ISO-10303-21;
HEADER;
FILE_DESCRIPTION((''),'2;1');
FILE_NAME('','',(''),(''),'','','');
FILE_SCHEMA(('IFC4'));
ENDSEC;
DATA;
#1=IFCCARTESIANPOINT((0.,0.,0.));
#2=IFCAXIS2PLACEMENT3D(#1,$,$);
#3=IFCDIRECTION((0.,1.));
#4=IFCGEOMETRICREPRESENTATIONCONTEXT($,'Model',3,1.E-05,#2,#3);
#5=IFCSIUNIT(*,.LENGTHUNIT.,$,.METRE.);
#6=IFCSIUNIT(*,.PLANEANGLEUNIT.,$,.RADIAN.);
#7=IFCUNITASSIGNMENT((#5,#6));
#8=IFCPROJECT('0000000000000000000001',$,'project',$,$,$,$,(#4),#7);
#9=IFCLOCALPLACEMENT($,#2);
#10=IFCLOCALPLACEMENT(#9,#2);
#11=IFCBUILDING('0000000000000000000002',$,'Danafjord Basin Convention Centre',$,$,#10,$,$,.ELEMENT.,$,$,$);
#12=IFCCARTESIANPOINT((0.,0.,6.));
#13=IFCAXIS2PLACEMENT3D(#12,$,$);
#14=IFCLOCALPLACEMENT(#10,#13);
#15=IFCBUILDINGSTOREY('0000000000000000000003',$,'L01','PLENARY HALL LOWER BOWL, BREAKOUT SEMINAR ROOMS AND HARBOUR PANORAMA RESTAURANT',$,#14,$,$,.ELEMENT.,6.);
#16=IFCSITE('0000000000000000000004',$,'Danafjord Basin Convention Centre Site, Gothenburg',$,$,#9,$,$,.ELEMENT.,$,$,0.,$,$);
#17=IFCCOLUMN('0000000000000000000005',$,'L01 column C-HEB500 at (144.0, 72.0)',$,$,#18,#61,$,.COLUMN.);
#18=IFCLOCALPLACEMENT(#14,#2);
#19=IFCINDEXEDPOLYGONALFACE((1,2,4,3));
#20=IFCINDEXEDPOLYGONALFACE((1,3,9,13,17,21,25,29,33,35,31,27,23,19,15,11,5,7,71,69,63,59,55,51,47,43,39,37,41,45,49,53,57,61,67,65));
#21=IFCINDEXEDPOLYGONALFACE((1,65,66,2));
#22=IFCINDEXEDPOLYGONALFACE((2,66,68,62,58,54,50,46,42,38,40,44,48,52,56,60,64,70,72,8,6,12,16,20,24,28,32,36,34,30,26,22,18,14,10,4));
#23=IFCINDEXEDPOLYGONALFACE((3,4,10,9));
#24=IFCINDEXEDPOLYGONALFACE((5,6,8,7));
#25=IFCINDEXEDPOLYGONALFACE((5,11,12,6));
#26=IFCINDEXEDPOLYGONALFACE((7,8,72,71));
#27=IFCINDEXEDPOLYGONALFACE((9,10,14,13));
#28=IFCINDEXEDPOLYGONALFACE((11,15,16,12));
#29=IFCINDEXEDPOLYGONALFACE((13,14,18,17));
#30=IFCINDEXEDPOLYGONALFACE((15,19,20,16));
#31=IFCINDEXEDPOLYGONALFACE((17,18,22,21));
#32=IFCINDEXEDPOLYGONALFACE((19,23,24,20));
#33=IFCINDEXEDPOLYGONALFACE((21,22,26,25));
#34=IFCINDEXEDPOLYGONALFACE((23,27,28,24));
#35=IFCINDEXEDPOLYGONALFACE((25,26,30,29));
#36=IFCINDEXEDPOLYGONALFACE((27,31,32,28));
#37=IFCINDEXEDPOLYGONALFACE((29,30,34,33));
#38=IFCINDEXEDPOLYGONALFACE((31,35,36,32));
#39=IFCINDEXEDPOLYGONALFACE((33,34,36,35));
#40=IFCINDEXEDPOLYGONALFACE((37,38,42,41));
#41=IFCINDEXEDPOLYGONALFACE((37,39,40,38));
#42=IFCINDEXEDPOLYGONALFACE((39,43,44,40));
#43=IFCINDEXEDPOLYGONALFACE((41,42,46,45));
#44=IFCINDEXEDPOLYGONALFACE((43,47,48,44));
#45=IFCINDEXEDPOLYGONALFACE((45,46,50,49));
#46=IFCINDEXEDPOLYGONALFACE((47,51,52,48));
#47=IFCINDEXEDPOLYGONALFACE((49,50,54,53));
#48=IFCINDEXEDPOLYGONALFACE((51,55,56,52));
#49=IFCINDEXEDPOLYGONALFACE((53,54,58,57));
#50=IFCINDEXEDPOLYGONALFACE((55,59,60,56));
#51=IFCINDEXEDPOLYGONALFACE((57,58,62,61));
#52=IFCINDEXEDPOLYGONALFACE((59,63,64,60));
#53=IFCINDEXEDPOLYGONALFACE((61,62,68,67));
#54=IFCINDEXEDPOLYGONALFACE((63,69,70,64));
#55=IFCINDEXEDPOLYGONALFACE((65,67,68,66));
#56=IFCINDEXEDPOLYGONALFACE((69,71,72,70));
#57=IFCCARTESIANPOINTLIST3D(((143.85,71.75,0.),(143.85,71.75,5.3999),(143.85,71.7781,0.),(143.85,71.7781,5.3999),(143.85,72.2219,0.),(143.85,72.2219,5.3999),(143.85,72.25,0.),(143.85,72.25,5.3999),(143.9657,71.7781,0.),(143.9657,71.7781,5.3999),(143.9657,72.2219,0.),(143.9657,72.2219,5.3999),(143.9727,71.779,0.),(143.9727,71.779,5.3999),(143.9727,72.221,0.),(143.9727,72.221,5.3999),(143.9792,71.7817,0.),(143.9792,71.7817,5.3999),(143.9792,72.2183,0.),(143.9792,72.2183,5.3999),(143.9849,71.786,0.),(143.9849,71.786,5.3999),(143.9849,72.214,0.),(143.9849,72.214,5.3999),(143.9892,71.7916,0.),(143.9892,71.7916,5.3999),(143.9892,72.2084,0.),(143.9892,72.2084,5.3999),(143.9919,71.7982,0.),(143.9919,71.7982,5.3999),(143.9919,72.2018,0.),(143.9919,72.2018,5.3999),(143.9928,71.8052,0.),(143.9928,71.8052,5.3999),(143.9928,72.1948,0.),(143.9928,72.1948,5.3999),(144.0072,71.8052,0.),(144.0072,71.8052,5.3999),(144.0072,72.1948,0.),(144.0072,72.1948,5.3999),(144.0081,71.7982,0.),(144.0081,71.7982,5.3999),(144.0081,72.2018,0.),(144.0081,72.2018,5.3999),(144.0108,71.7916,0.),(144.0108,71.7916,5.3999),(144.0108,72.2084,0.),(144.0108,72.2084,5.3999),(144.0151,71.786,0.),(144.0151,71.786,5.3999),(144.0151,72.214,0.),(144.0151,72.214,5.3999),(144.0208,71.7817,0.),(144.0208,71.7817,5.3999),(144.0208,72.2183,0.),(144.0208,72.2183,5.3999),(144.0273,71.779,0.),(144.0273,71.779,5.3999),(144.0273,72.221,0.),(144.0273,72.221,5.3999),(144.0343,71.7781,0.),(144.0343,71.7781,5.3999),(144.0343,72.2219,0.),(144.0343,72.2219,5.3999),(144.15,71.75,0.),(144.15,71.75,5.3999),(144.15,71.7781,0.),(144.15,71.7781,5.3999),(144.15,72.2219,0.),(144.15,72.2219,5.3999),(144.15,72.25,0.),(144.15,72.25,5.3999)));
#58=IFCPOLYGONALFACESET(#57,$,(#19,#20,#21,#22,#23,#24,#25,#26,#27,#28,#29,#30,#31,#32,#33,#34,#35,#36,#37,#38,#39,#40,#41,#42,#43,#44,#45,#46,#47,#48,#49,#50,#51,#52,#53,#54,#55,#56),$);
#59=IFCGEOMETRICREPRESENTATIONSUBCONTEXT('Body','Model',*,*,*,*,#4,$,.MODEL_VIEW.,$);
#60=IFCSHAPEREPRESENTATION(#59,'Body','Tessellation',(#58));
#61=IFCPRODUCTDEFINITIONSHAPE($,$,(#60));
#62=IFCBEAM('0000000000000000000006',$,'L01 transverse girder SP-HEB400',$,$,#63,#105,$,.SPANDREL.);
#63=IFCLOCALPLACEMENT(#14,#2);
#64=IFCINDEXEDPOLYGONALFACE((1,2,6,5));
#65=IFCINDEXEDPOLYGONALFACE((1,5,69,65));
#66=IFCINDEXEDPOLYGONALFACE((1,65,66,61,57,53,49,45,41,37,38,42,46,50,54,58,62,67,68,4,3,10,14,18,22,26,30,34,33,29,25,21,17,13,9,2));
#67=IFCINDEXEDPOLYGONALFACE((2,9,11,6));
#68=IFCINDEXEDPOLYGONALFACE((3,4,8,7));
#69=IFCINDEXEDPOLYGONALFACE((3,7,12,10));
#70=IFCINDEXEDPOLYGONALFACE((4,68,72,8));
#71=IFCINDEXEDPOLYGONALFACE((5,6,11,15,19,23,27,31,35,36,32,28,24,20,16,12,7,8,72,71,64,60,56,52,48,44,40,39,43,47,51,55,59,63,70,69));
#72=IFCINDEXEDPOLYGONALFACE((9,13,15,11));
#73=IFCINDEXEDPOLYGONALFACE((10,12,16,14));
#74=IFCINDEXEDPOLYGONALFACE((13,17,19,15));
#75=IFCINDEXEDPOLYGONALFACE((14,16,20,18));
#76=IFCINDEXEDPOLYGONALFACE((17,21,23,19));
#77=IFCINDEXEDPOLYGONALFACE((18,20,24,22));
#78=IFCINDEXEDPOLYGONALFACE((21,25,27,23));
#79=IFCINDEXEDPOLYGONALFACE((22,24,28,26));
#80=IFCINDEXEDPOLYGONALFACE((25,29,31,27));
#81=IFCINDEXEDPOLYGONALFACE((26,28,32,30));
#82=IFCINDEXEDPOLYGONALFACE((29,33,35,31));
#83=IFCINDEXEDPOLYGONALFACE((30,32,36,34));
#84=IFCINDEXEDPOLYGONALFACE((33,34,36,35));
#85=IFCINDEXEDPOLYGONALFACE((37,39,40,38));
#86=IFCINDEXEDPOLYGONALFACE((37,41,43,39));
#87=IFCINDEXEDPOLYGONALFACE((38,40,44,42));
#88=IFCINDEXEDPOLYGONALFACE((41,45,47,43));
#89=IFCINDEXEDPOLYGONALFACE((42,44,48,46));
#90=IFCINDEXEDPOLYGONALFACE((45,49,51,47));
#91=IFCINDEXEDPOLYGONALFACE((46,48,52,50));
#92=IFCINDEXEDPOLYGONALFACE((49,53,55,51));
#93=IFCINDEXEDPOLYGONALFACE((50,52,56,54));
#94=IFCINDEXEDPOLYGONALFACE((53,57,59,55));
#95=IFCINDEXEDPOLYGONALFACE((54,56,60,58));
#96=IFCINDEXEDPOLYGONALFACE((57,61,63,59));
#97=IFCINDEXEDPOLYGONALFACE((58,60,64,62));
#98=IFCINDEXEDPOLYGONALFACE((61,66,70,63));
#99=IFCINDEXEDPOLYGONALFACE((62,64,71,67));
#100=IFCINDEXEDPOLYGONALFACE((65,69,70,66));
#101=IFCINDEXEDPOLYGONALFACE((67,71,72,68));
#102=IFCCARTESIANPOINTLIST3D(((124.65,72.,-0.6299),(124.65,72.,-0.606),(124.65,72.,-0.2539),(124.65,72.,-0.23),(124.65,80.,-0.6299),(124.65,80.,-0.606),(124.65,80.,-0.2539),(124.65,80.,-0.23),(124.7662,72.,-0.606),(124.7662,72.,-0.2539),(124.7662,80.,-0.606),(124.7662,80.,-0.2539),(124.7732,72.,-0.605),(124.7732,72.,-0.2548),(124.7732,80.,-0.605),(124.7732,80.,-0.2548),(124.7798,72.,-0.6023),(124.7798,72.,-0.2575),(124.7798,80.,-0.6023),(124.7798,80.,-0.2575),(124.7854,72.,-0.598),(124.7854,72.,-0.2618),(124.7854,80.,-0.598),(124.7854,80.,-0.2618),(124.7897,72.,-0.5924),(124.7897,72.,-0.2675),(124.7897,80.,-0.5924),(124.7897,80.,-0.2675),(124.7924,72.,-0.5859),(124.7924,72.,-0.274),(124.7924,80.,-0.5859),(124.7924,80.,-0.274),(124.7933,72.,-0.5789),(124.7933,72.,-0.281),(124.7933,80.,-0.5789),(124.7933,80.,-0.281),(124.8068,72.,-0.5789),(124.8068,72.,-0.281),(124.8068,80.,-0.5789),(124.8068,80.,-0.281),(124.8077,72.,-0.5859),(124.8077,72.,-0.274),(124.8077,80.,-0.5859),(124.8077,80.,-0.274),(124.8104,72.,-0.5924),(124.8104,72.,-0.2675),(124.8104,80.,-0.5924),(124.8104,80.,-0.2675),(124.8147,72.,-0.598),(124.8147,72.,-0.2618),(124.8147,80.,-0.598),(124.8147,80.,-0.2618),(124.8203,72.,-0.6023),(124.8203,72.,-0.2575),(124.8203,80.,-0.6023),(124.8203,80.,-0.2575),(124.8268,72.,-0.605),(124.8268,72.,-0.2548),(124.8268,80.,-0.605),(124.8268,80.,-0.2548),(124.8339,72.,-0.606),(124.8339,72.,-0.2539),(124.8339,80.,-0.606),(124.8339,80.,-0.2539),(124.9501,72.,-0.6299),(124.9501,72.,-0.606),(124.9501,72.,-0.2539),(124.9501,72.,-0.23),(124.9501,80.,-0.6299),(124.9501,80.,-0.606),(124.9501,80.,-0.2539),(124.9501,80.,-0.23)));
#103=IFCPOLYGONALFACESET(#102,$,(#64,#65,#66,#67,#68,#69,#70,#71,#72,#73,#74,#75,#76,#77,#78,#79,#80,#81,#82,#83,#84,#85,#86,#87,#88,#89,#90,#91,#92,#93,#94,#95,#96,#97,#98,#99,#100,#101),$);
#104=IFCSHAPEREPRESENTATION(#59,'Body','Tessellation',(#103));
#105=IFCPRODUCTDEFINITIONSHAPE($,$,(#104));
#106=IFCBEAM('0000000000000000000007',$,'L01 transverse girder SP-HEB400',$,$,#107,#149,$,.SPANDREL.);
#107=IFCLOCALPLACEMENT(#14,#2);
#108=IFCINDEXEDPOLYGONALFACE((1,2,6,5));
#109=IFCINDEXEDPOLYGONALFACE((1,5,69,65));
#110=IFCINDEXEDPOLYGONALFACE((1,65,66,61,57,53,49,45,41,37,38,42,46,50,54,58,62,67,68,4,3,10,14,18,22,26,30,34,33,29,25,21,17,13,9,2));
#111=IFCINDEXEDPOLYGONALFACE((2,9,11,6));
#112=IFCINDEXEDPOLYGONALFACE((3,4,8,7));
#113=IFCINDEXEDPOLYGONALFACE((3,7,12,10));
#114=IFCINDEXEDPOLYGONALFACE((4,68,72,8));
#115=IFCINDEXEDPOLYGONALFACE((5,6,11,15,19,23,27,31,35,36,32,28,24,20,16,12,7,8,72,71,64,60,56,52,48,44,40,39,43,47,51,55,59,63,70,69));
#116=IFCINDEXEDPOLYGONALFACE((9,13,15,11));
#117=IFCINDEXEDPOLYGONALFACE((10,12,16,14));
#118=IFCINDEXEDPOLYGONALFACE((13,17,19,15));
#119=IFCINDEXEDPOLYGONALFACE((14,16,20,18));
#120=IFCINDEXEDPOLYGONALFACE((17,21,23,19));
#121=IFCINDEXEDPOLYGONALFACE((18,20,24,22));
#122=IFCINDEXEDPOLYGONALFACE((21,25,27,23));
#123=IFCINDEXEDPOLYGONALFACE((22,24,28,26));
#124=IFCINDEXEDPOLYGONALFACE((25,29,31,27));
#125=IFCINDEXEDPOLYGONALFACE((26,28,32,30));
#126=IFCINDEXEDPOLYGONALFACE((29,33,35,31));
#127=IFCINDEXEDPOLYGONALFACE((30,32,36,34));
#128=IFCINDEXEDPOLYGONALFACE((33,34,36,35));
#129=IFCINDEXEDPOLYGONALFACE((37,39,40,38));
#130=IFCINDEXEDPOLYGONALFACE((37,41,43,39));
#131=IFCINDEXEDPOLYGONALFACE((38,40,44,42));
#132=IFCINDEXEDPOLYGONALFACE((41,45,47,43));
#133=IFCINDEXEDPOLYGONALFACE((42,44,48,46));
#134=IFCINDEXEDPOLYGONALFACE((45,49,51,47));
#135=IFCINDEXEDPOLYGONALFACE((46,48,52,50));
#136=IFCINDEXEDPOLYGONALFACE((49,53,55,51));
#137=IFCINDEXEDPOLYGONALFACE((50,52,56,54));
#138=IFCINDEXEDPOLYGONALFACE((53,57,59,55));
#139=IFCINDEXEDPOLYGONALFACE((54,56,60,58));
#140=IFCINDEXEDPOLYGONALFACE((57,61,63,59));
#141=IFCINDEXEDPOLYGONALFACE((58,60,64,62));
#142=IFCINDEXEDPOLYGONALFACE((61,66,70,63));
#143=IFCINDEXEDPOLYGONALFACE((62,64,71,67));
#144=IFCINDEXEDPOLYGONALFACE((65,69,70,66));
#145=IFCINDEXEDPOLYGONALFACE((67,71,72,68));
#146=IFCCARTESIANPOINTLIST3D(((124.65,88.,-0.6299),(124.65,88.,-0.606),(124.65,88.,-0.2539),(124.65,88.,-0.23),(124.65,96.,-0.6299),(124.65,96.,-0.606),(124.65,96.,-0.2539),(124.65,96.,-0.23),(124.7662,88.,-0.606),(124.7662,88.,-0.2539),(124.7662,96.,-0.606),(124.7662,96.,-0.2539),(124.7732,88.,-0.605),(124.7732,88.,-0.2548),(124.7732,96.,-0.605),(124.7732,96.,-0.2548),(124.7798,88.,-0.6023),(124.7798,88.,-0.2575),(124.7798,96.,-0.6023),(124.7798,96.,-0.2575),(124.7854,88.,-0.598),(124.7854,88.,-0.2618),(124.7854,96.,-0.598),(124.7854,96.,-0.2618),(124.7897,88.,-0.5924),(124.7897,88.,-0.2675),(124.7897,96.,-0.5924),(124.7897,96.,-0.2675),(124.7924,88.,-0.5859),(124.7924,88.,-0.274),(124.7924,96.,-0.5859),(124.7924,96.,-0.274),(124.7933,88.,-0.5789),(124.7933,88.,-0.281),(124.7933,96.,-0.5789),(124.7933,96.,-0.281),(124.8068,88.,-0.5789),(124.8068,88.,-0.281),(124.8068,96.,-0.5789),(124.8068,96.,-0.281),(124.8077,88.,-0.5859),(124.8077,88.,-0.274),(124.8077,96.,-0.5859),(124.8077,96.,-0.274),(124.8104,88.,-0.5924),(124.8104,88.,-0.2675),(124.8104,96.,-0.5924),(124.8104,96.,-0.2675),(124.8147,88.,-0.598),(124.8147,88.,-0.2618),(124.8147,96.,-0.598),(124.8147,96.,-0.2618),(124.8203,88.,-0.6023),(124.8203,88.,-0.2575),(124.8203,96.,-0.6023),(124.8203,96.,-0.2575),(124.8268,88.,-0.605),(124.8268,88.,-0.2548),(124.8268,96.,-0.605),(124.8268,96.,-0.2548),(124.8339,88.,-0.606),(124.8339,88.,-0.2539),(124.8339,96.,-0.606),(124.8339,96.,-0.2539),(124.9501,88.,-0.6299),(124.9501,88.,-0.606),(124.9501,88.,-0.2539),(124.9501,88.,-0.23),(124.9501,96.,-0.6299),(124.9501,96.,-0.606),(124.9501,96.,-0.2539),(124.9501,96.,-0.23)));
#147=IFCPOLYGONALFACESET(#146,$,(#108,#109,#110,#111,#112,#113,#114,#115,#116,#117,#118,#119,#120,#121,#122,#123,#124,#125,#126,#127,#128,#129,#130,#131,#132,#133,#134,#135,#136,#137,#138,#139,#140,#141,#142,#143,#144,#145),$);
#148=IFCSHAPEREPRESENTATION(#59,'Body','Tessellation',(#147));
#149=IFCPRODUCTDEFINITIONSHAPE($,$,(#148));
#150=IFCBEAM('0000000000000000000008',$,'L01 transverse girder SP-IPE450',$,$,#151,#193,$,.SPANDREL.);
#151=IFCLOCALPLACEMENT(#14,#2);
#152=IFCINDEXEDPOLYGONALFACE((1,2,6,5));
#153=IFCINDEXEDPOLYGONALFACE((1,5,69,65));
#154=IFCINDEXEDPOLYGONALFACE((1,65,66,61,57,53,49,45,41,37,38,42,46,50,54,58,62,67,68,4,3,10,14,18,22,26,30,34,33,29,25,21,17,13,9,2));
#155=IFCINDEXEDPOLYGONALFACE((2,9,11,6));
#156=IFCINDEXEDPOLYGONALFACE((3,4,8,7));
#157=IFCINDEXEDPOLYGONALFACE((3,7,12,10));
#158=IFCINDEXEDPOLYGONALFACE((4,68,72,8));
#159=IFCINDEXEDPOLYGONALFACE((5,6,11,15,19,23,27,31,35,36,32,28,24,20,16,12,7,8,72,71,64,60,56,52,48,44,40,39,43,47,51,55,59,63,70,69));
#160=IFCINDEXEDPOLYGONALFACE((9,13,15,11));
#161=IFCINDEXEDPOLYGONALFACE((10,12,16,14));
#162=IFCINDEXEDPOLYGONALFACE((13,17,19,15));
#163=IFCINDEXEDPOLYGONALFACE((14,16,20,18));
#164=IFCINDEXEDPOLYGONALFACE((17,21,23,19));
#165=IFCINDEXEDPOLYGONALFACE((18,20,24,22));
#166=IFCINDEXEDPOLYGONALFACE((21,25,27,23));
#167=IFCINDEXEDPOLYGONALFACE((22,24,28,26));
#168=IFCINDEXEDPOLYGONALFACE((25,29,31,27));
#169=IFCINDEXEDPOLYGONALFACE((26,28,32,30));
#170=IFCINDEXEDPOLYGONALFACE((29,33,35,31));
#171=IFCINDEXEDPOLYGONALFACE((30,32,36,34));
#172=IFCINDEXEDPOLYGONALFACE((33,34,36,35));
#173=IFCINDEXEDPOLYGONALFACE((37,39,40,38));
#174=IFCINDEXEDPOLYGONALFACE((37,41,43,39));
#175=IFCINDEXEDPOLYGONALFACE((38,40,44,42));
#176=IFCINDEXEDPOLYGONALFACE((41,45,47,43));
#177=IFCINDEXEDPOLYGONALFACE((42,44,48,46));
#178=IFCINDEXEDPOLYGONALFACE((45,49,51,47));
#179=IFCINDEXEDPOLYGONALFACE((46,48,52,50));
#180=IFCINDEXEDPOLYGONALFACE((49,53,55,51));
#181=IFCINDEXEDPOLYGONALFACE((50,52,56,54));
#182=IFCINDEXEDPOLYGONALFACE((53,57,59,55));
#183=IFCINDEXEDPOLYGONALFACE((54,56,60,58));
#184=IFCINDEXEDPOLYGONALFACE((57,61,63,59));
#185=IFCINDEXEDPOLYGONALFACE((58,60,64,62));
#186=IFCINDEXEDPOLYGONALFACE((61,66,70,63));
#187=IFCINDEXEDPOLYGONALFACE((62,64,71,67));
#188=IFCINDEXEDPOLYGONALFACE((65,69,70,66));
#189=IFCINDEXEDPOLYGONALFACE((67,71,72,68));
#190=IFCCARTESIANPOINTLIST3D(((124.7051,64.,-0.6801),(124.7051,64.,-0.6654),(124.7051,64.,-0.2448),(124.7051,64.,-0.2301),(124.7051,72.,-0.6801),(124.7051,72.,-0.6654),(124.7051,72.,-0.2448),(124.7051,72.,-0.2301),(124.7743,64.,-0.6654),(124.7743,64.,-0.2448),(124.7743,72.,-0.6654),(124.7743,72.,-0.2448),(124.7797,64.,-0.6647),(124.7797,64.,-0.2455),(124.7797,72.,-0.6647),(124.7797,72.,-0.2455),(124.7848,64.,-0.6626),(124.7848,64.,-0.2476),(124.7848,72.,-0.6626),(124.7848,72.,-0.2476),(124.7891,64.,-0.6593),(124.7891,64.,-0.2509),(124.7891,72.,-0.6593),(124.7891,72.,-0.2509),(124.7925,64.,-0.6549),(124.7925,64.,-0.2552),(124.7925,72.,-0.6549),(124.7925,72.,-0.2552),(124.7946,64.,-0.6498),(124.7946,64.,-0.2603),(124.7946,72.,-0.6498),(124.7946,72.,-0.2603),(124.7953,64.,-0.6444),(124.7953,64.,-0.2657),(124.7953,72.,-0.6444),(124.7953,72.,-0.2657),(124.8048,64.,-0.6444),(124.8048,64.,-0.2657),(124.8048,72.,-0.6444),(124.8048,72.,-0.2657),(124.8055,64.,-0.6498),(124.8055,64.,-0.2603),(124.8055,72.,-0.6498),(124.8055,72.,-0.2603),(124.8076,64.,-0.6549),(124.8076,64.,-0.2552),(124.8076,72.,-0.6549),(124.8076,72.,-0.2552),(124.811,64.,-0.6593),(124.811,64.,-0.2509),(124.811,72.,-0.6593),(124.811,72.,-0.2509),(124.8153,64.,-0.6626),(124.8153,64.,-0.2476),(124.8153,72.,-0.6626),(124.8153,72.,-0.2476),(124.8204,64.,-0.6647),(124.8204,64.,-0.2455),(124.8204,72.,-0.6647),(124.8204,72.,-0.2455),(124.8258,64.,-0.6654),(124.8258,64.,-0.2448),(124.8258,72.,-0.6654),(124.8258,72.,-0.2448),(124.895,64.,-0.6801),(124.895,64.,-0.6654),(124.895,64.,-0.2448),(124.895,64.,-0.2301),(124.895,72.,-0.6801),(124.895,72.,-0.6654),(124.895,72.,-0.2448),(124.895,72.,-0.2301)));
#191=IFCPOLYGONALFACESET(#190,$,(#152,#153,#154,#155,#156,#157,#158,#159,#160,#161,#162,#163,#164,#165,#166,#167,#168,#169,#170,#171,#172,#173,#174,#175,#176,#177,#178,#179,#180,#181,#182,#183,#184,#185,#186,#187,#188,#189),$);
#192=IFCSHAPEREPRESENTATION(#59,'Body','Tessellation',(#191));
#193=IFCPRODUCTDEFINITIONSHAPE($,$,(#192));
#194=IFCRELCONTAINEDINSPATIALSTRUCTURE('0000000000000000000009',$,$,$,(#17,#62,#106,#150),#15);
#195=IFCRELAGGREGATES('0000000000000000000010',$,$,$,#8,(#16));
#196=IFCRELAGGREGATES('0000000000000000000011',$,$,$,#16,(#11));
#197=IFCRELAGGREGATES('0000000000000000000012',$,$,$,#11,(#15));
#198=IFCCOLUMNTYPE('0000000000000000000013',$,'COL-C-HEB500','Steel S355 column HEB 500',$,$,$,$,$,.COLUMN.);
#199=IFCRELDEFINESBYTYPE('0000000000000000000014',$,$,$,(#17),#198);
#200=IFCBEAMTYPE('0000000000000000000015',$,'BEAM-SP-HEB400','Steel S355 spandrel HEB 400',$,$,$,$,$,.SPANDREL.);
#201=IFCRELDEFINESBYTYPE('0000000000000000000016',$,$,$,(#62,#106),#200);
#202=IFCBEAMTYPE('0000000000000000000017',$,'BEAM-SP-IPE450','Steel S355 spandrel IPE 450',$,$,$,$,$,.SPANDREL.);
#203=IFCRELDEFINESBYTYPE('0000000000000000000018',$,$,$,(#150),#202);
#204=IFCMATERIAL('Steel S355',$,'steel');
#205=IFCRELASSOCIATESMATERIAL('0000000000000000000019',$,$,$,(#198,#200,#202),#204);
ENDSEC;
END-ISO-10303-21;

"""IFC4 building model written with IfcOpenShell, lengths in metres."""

from ifc_helpers import new_model, si_unit, direction, frame, origin, origin_2d, place, context, subcontext, project, spatial, i_section, extrude, material, material_profile, profile_set, type_object, element, save


model = new_model("IFC4")

# Units and contexts
model_context = context("Model", 3, precision=1e-05, world=origin(), true_north=direction((0.0, 1.0)))
body_context = subcontext(model_context, "Body", "Model", "MODEL_VIEW")
ifc_project = project(units=[si_unit("LENGTHUNIT", "METRE"), si_unit("PLANEANGLEUNIT", "RADIAN")], contexts=[model_context])

# Site, building, storey
site_placement = place(None, origin())
site = spatial("IfcSite", under=ifc_project, at=site_placement, Name="Danafjord Basin Convention Centre Site, Gothenburg", CompositionType="ELEMENT", RefElevation=0.0)
building_placement = place(site_placement, origin())
building = spatial("IfcBuilding", under=site, at=building_placement, Name="Danafjord Basin Convention Centre", CompositionType="ELEMENT")
storey_placement = place(building_placement, frame((0.0, 0.0, 6.0)))
storey = spatial("IfcBuildingStorey", under=building, at=storey_placement, Name="L01", Description="PLENARY HALL LOWER BOWL, BREAKOUT SEMINAR ROOMS AND HARBOUR PANORAMA RESTAURANT", CompositionType="ELEMENT", Elevation=6.0)

# Column
ifc_material_1 = material(Name="Steel S355", Category="steel")
ifc_material_profile_1 = material_profile(ifc_material_1, i_section(OverallWidth=0.3, OverallDepth=0.5, WebThickness=0.0144, FlangeThickness=0.0281, FilletRadius=0.0271, at=origin_2d()), Name="HEB 500")
ifc_profile_set_1 = profile_set([ifc_material_profile_1], Name="Steel S355")
column_type_1 = type_object("IfcColumnType", Name="COL-C-HEB500", Description="Steel S355 column HEB 500", PredefinedType="COLUMN", material=ifc_profile_set_1)
for number, where, z_axis, x_axis, name in (
    (1, (144.0, 72.0, 0.0), (0.0, 0.0, 1.0), (1.0, 0.0, 0.0), "L01 column C-HEB500 at (144.0, 72.0)"),
):
    element("IfcColumn", number, at=place(storey_placement, frame(where, z_axis=z_axis, x_axis=x_axis)), inside=storey, type_object=column_type_1, Name=name, PredefinedType="COLUMN", context=body_context, shape_type="SweptSolid", body=[
        extrude(i_section(OverallWidth=0.3, OverallDepth=0.5, WebThickness=0.0144, FlangeThickness=0.0281, FilletRadius=0.0271, at=origin_2d()), origin(), (0.0, 0.0, 1.0), 5.3999),
    ])

# Beams
ifc_material_profile_2 = material_profile(ifc_material_1, i_section(OverallWidth=0.3, OverallDepth=0.3999, WebThickness=0.0134, FlangeThickness=0.0239, FilletRadius=0.0271, at=origin_2d()), Name="HEB 400")
ifc_profile_set_2 = profile_set([ifc_material_profile_2], Name="Steel S355")
beam_type_1 = type_object("IfcBeamType", Name="BEAM-SP-HEB400", Description="Steel S355 spandrel HEB 400", PredefinedType="SPANDREL", material=ifc_profile_set_2)
for number, where, z_axis, x_axis, name in (
    (2, (124.8, 72.0, -0.4299), (0.0, 1.0, 0.0), (-1.0, 0.0, 0.0), "L01 transverse girder SP-HEB400"),
    (3, (124.8, 88.0, -0.4299), (0.0, 1.0, 0.0), (-1.0, 0.0, 0.0), "L01 transverse girder SP-HEB400"),
):
    element("IfcBeam", number, at=place(storey_placement, frame(where, z_axis=z_axis, x_axis=x_axis)), inside=storey, type_object=beam_type_1, Name=name, PredefinedType="SPANDREL", context=body_context, shape_type="SweptSolid", body=[
        extrude(i_section(OverallWidth=0.3, OverallDepth=0.3999, WebThickness=0.0134, FlangeThickness=0.0239, FilletRadius=0.0271, at=origin_2d()), origin(), (0.0, 0.0, 1.0), 8.0),
    ])
ifc_material_profile_3 = material_profile(ifc_material_1, i_section(OverallWidth=0.1899, OverallDepth=0.45, WebThickness=0.0095, FlangeThickness=0.0146, FilletRadius=0.021, at=origin_2d()), Name="IPE 450")
ifc_profile_set_3 = profile_set([ifc_material_profile_3], Name="Steel S355")
beam_type_2 = type_object("IfcBeamType", Name="BEAM-SP-IPE450", Description="Steel S355 spandrel IPE 450", PredefinedType="SPANDREL", material=ifc_profile_set_3)
for number, where, z_axis, x_axis, name in (
    (4, (124.8, 64.0, -0.4551), (0.0, 1.0, 0.0), (-1.0, 0.0, 0.0), "L01 transverse girder SP-IPE450"),
):
    element("IfcBeam", number, at=place(storey_placement, frame(where, z_axis=z_axis, x_axis=x_axis)), inside=storey, type_object=beam_type_2, Name=name, PredefinedType="SPANDREL", context=body_context, shape_type="SweptSolid", body=[
        extrude(i_section(OverallWidth=0.1899, OverallDepth=0.45, WebThickness=0.0095, FlangeThickness=0.0146, FilletRadius=0.021, at=origin_2d()), origin(), (0.0, 0.0, 1.0), 8.0),
    ])

save(model, "model.ifc")
